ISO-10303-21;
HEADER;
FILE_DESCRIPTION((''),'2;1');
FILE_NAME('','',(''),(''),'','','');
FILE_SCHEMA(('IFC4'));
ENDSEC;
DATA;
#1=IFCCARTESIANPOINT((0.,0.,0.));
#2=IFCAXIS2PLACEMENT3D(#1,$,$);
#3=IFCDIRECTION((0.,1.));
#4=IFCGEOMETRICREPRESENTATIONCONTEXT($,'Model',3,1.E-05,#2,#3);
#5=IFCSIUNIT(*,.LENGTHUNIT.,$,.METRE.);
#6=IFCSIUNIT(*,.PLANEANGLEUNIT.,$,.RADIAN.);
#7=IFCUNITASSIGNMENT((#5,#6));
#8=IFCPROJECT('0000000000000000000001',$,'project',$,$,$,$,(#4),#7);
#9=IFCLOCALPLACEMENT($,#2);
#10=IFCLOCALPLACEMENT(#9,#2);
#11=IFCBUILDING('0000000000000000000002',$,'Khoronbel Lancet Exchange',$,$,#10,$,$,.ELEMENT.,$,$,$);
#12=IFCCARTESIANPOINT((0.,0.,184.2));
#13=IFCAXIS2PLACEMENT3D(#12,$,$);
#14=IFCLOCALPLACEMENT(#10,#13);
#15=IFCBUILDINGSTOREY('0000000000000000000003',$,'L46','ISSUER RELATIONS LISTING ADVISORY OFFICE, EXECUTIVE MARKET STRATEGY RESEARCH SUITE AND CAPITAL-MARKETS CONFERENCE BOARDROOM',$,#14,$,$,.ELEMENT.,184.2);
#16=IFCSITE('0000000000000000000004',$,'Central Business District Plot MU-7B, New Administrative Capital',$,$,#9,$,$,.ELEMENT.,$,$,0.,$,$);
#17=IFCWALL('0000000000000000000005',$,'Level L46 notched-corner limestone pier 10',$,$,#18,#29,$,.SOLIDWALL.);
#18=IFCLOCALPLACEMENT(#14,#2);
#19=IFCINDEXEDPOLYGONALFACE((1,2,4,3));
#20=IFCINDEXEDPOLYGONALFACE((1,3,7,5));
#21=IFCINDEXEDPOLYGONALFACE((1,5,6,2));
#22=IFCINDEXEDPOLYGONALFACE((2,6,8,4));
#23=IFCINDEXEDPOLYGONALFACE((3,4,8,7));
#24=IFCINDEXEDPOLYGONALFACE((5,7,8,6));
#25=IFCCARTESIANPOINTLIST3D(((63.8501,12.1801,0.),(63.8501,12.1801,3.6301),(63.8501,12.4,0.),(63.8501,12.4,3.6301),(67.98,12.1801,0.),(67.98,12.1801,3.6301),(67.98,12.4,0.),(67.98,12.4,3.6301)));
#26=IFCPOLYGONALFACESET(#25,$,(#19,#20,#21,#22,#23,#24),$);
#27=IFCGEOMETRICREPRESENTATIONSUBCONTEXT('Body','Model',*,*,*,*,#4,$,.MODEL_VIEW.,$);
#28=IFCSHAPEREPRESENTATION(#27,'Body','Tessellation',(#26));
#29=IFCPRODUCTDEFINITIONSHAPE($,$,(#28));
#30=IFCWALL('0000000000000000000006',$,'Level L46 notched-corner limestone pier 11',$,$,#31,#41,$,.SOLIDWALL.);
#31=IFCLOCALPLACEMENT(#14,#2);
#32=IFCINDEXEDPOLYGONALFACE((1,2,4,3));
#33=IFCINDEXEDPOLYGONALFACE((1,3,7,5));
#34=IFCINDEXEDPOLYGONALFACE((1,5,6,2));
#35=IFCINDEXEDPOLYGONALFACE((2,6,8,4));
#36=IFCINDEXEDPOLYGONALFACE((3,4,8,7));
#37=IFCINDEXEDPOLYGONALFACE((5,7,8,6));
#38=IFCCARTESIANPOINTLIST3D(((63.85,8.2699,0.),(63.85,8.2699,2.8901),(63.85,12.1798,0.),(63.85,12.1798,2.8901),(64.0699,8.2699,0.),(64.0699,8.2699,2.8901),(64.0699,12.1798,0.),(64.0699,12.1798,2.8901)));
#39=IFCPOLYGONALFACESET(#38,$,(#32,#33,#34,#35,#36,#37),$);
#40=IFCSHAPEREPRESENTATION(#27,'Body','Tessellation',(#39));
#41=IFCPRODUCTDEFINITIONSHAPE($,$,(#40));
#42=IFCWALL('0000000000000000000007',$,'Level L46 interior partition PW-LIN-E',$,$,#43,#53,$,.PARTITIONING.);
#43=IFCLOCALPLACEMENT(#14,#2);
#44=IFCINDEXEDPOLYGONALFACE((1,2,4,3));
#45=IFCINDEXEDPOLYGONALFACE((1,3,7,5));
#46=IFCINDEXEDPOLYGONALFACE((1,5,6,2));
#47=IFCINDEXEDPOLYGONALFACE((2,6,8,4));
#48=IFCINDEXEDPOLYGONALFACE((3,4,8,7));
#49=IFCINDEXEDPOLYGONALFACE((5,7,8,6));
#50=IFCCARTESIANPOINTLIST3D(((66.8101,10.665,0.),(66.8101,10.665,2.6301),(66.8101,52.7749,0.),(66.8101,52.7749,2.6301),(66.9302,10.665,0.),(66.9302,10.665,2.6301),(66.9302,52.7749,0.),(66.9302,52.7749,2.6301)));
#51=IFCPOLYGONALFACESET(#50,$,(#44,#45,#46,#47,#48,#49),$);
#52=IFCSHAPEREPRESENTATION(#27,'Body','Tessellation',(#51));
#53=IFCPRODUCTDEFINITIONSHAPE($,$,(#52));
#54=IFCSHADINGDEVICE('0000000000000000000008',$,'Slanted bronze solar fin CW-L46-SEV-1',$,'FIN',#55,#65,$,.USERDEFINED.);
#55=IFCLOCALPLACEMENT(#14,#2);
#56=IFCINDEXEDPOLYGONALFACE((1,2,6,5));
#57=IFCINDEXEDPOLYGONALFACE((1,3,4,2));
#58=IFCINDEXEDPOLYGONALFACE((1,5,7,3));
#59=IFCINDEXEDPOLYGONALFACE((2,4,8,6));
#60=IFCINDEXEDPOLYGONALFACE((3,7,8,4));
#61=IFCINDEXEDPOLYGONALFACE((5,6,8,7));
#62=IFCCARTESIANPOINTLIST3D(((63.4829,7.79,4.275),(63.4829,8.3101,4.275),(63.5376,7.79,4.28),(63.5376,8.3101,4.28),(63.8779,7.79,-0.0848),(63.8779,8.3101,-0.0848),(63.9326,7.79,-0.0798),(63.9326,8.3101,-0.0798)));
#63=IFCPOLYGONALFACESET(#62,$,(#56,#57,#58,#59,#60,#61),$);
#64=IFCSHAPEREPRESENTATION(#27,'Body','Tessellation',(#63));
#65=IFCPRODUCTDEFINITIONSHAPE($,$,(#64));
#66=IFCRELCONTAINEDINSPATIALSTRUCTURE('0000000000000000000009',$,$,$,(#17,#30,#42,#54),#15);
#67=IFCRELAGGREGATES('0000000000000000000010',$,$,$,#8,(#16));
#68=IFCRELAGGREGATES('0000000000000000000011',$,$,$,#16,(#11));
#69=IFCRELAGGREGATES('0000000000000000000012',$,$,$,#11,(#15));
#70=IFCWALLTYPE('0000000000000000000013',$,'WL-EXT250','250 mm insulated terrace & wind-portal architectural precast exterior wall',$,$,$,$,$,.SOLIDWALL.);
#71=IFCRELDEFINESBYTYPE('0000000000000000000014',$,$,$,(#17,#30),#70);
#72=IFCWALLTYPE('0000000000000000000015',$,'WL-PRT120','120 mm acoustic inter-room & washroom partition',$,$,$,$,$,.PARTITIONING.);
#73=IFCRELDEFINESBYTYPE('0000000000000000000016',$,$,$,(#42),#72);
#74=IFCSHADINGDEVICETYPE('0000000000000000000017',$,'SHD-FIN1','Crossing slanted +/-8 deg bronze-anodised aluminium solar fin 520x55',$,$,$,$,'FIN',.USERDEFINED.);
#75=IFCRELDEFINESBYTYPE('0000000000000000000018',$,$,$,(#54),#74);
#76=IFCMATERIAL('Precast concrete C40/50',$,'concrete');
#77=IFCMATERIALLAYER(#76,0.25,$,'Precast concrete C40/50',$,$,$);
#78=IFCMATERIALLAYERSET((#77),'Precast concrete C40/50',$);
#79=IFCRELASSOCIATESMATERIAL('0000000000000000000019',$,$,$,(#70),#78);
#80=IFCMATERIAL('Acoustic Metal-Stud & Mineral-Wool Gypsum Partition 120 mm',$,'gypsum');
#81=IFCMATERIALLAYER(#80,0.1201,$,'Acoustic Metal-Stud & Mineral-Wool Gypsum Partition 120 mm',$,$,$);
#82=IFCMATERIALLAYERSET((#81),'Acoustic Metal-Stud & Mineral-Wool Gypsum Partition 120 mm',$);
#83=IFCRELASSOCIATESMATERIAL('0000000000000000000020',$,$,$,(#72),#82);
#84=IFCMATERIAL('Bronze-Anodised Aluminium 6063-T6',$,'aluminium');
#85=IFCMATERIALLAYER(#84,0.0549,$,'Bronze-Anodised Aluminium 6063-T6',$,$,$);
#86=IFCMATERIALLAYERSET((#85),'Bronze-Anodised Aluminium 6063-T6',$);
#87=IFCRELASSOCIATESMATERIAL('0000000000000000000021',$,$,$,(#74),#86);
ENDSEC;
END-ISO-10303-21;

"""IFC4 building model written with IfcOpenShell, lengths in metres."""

from ifc_helpers import new_model, si_unit, direction, frame, frame_2d, origin, place, context, subcontext, project, spatial, polyline, rectangle, outline, extrude, material, layer, layer_set, type_object, element, save


model = new_model("IFC4")

# Units and contexts
model_context = context("Model", 3, precision=1e-05, world=origin(), true_north=direction((0.0, 1.0)))
body_context = subcontext(model_context, "Body", "Model", "MODEL_VIEW")
ifc_project = project(units=[si_unit("LENGTHUNIT", "METRE"), si_unit("PLANEANGLEUNIT", "RADIAN")], contexts=[model_context])

# Site, building, storey
site_placement = place(None, origin())
site = spatial("IfcSite", under=ifc_project, at=site_placement, Name="Central Business District Plot MU-7B, New Administrative Capital", CompositionType="ELEMENT", RefElevation=0.0)
building_placement = place(site_placement, origin())
building = spatial("IfcBuilding", under=site, at=building_placement, Name="Khoronbel Lancet Exchange", CompositionType="ELEMENT")
storey_placement = place(building_placement, frame((0.0, 0.0, 184.2)))
storey = spatial("IfcBuildingStorey", under=building, at=storey_placement, Name="L46", Description="ISSUER RELATIONS LISTING ADVISORY OFFICE, EXECUTIVE MARKET STRATEGY RESEARCH SUITE AND CAPITAL-MARKETS CONFERENCE BOARDROOM", CompositionType="ELEMENT", Elevation=184.2)

# Shared definitions
ifc_material_1 = material(Name="Bronze-Anodised Aluminium 6063-T6", Category="aluminium")

# Walls
ifc_material_2 = material(Name="Precast concrete C40/50", Category="concrete")
ifc_layer_1 = layer(ifc_material_2, 0.25, Name="Precast concrete C40/50")
ifc_layer_set_1 = layer_set([ifc_layer_1], Name="Precast concrete C40/50")
wall_type_1 = type_object("IfcWallType", Name="WL-EXT250", Description="250 mm insulated terrace & wind-portal architectural precast exterior wall", PredefinedType="SOLIDWALL", material=ifc_layer_set_1)
wall_1_placement = place(storey_placement, frame((67.98, 12.29, 0.0), z_axis=(0.0, 0.0, 1.0), x_axis=(-1.0, 0.0, 0.0)))
element("IfcWall", 1, at=wall_1_placement, inside=storey, type_object=wall_type_1, Name="Level L46 notched-corner limestone pier 10", PredefinedType="SOLIDWALL", context=body_context, shape_type="SweptSolid", body=[
    extrude(rectangle(XDim=4.1299, YDim=0.22, at=frame_2d((2.0649, 0.0))), origin(), (0.0, 0.0, 1.0), 3.6301),
])
wall_2_placement = place(storey_placement, frame((63.96, 12.1799, 0.0), z_axis=(0.0, 0.0, 1.0), x_axis=(0.0, -1.0, 0.0)))
element("IfcWall", 2, at=wall_2_placement, inside=storey, type_object=wall_type_1, Name="Level L46 notched-corner limestone pier 11", PredefinedType="SOLIDWALL", context=body_context, shape_type="SweptSolid", body=[
    extrude(rectangle(XDim=3.9099, YDim=0.22, at=frame_2d((1.9551, 0.0))), origin(), (0.0, 0.0, 1.0), 2.8901),
])
ifc_material_3 = material(Name="Acoustic Metal-Stud & Mineral-Wool Gypsum Partition 120 mm", Category="gypsum")
ifc_layer_2 = layer(ifc_material_3, 0.1201, Name="Acoustic Metal-Stud & Mineral-Wool Gypsum Partition 120 mm")
ifc_layer_set_2 = layer_set([ifc_layer_2], Name="Acoustic Metal-Stud & Mineral-Wool Gypsum Partition 120 mm")
wall_type_2 = type_object("IfcWallType", Name="WL-PRT120", Description="120 mm acoustic inter-room & washroom partition", PredefinedType="PARTITIONING", material=ifc_layer_set_2)
wall_3_placement = place(storey_placement, frame((66.8701, 10.665, 0.0), z_axis=(0.0, 0.0, 1.0), x_axis=(0.0, 1.0, 0.0)))
element("IfcWall", 3, at=wall_3_placement, inside=storey, type_object=wall_type_2, Name="Level L46 interior partition PW-LIN-E", PredefinedType="PARTITIONING", context=body_context, shape_type="SweptSolid", body=[
    extrude(rectangle(XDim=42.1099, YDim=0.1201, at=frame_2d((21.0549, 0.0))), origin(), (0.0, 0.0, 1.0), 2.6301),
])

# Shading device
ifc_layer_3 = layer(ifc_material_1, 0.0549, Name="Bronze-Anodised Aluminium 6063-T6")
ifc_layer_set_3 = layer_set([ifc_layer_3], Name="Bronze-Anodised Aluminium 6063-T6")
shading_device_type = type_object("IfcShadingDeviceType", Name="SHD-FIN1", Description="Crossing slanted +/-8 deg bronze-anodised aluminium solar fin 520x55", ElementType="FIN", PredefinedType="USERDEFINED", material=ifc_layer_set_3)
shading_device_placement = place(storey_placement, frame((63.9326, 8.3101, -0.0798), z_axis=(0.995921, 0.0, 0.090234), x_axis=(0.0, -1.0, 0.0)))
element("IfcShadingDevice", 4, at=shading_device_placement, inside=storey, type_object=shading_device_type, Name="Slanted bronze solar fin CW-L46-SEV-1", ObjectType="FIN", PredefinedType="USERDEFINED", context=body_context, shape_type="SweptSolid", body=[
    extrude(outline(polyline([(0.0, 0.0), (0.52, 0.0), (0.52, -4.3777), (0.0, -4.3777), (0.0, 0.0)])), origin(), (0.0, 0.0, -1.0), 0.0549),
])

save(model, "model.ifc")
